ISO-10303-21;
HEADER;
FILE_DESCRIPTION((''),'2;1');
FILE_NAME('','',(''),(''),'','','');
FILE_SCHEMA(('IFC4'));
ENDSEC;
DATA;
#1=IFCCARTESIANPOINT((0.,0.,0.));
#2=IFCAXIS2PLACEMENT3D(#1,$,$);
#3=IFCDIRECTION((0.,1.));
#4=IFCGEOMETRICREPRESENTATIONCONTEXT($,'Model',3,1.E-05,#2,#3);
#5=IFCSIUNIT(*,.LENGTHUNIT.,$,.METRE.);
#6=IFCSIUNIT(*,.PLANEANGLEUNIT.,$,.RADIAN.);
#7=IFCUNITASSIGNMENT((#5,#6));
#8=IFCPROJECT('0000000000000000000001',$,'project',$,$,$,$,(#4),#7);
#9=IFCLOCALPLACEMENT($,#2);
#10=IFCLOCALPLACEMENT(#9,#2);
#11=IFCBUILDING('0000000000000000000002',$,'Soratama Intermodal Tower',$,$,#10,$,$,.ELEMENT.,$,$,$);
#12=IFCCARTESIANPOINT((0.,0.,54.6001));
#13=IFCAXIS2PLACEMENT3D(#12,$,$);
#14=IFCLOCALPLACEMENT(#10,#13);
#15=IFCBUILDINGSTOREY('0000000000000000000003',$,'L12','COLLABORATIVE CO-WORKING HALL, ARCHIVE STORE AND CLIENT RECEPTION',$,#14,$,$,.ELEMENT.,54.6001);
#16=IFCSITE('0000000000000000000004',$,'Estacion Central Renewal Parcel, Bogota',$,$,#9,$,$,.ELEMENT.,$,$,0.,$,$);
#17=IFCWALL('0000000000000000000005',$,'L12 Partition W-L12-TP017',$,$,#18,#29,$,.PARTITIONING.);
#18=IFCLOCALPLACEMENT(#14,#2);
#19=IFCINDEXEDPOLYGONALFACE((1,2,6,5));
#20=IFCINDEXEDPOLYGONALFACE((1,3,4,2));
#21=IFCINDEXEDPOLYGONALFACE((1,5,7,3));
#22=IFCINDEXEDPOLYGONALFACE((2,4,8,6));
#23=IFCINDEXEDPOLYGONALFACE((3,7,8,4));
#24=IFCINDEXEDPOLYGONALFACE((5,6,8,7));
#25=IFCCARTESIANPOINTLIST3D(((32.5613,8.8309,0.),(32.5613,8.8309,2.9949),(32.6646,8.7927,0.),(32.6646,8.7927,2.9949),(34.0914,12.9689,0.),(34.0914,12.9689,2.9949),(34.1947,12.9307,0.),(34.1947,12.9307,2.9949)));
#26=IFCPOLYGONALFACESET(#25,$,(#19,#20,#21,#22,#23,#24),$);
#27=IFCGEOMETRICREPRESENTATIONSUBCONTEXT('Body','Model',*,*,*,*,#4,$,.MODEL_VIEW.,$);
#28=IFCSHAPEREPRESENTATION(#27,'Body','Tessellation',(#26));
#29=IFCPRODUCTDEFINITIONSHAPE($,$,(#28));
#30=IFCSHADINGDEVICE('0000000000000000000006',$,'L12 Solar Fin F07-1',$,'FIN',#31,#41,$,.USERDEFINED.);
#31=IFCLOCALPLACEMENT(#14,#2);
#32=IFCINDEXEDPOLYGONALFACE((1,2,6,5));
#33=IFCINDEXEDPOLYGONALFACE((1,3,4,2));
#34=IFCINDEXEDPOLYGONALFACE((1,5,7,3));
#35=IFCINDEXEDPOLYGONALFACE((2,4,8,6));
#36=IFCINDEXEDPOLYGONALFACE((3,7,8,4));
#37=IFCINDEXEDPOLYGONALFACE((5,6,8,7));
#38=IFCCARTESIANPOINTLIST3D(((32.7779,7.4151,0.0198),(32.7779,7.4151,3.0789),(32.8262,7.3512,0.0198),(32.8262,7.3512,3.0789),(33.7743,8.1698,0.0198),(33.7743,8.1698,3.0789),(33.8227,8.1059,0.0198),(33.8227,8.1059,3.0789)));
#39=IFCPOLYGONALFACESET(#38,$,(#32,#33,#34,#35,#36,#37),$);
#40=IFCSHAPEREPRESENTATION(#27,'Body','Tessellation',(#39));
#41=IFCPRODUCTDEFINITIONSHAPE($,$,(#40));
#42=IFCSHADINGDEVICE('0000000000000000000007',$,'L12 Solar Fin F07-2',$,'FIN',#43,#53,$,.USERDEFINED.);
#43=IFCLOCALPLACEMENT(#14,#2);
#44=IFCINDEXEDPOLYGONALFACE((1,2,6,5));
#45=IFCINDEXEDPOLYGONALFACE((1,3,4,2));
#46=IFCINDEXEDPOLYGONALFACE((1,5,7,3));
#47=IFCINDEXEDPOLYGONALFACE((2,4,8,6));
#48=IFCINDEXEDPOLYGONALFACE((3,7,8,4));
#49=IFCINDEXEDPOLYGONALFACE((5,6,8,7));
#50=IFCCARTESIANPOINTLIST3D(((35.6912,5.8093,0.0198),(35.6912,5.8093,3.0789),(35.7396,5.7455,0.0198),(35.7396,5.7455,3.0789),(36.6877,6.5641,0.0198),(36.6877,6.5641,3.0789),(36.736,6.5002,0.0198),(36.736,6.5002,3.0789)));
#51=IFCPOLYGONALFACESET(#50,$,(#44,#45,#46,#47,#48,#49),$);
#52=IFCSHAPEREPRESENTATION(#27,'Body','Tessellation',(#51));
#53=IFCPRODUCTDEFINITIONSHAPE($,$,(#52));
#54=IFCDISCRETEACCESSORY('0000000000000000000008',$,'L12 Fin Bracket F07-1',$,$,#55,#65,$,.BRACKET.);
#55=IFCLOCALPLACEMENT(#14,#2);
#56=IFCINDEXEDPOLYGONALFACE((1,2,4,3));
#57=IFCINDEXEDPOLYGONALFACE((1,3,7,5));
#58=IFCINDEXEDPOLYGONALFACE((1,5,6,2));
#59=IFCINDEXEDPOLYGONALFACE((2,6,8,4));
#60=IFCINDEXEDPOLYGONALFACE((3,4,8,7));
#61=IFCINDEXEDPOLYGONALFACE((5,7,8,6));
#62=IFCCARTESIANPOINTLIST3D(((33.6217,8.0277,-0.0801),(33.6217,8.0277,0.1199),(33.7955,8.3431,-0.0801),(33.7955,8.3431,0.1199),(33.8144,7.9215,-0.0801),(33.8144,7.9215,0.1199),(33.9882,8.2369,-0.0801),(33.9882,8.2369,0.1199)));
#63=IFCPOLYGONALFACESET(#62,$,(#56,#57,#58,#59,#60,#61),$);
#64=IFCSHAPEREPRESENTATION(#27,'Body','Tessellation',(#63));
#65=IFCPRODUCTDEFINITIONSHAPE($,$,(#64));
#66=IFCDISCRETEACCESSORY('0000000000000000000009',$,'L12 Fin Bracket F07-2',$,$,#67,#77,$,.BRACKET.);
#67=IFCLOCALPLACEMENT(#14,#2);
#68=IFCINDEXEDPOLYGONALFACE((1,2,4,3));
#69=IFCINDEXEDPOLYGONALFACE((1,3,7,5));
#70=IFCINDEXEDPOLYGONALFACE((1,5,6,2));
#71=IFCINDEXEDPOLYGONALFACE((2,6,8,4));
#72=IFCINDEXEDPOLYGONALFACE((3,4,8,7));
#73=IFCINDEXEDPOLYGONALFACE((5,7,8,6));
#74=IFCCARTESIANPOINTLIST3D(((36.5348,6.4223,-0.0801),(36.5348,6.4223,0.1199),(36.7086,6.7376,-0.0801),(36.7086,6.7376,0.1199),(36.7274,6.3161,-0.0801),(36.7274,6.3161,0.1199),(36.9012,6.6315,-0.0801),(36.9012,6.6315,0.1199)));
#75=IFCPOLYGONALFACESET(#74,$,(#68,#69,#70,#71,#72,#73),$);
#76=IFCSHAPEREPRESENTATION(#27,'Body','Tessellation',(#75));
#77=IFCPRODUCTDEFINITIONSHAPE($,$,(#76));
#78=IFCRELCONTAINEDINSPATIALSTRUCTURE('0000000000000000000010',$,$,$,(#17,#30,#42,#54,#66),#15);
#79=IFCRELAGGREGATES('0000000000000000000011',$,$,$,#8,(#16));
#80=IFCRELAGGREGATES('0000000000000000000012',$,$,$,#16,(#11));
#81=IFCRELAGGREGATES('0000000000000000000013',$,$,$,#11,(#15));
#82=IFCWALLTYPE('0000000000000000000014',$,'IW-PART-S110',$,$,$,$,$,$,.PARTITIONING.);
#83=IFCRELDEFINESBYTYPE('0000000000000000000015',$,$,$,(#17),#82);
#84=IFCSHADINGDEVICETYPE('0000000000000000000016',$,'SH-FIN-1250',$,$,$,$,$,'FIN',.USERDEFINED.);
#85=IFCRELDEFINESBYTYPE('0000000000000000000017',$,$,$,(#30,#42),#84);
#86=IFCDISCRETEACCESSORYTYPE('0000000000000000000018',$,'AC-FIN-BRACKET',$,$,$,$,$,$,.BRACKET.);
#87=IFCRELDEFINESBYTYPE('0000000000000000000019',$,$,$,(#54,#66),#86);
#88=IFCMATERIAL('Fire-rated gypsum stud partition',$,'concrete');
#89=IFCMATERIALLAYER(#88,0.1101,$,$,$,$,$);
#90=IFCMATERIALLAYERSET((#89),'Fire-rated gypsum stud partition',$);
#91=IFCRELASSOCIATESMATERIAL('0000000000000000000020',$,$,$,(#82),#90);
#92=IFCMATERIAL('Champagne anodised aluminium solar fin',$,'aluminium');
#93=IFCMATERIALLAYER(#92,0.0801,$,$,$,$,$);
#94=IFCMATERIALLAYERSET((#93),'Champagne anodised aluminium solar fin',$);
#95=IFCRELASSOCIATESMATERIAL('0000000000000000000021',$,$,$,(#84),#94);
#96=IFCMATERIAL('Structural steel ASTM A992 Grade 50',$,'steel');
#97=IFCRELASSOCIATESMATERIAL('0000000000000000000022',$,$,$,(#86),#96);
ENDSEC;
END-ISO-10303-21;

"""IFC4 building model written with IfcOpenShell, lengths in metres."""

from ifc_helpers import new_model, si_unit, direction, frame, frame_2d, origin, origin_2d, place, context, subcontext, project, spatial, rectangle, extrude, material, layer, layer_set, type_object, element, save


model = new_model("IFC4")

# Units and contexts
model_context = context("Model", 3, precision=1e-05, world=origin(), true_north=direction((0.0, 1.0)))
body_context = subcontext(model_context, "Body", "Model", "MODEL_VIEW")
ifc_project = project(units=[si_unit("LENGTHUNIT", "METRE"), si_unit("PLANEANGLEUNIT", "RADIAN")], contexts=[model_context])

# Site, building, storey
site_placement = place(None, origin())
site = spatial("IfcSite", under=ifc_project, at=site_placement, Name="Estacion Central Renewal Parcel, Bogota", CompositionType="ELEMENT", RefElevation=0.0)
building_placement = place(site_placement, origin())
building = spatial("IfcBuilding", under=site, at=building_placement, Name="Soratama Intermodal Tower", CompositionType="ELEMENT")
storey_placement = place(building_placement, frame((0.0, 0.0, 54.6001)))
storey = spatial("IfcBuildingStorey", under=building, at=storey_placement, Name="L12", Description="COLLABORATIVE CO-WORKING HALL, ARCHIVE STORE AND CLIENT RECEPTION", CompositionType="ELEMENT", Elevation=54.6001)

# Wall
ifc_material_1 = material(Name="Fire-rated gypsum stud partition", Category="concrete")
ifc_layer_1 = layer(ifc_material_1, 0.1101)
ifc_layer_set_1 = layer_set([ifc_layer_1], Name="Fire-rated gypsum stud partition")
wall_type_1 = type_object("IfcWallType", Name="IW-PART-S110", PredefinedType="PARTITIONING", material=ifc_layer_set_1)
wall_1_placement = place(storey_placement, frame((34.1431, 12.95, 0.0), z_axis=(0.0, 0.0, 1.0), x_axis=(-0.346808, -0.937936, 0.0)))
element("IfcWall", 1, at=wall_1_placement, inside=storey, type_object=wall_type_1, Name="L12 Partition W-L12-TP017", PredefinedType="PARTITIONING", context=body_context, shape_type="SweptSolid", body=[
    extrude(rectangle(XDim=4.4119, YDim=0.1101, at=frame_2d((2.2061, 0.0))), origin(), (0.0, 0.0, 1.0), 2.9949),
])

# Shading devices
ifc_material_2 = material(Name="Champagne anodised aluminium solar fin", Category="aluminium")
ifc_layer_2 = layer(ifc_material_2, 0.0801)
ifc_layer_set_2 = layer_set([ifc_layer_2], Name="Champagne anodised aluminium solar fin")
shading_device_type = type_object("IfcShadingDeviceType", Name="SH-FIN-1250", ElementType="FIN", PredefinedType="USERDEFINED", material=ifc_layer_set_2)
for number, where, z_axis, x_axis, name in (
    (2, (33.3003, 7.7605, 0.0198), (0.0, 0.0, 1.0), (-0.797163, -0.603765, 0.0), "L12 Solar Fin F07-1"),
    (3, (36.2136, 6.1548, 0.0198), (0.0, 0.0, 1.0), (-0.797163, -0.603765, 0.0), "L12 Solar Fin F07-2"),
):
    element("IfcShadingDevice", number, at=place(storey_placement, frame(where, z_axis=z_axis, x_axis=x_axis)), inside=storey, type_object=shading_device_type, Name=name, ObjectType="FIN", PredefinedType="USERDEFINED", context=body_context, shape_type="SweptSolid", body=[
        extrude(rectangle(XDim=1.25, YDim=0.0801, at=origin_2d()), origin(), (0.0, 0.0, 1.0), 3.0591),
    ])

# Discrete accessories
ifc_material_3 = material(Name="Structural steel ASTM A992 Grade 50", Category="steel")
discrete_accessory_type = type_object("IfcDiscreteAccessoryType", Name="AC-FIN-BRACKET", PredefinedType="BRACKET", material=ifc_material_3)
for number, where, z_axis, x_axis, name in (
    (4, (33.8049, 8.1323, -0.0801), (0.0, 0.0, 1.0), (-0.482671, -0.875802, 0.0), "L12 Fin Bracket F07-1"),
    (5, (36.718, 6.5269, -0.0801), (0.0, 0.0, 1.0), (-0.482671, -0.875802, 0.0), "L12 Fin Bracket F07-2"),
):
    element("IfcDiscreteAccessory", number, at=place(storey_placement, frame(where, z_axis=z_axis, x_axis=x_axis)), inside=storey, type_object=discrete_accessory_type, Name=name, PredefinedType="BRACKET", context=body_context, shape_type="SweptSolid", body=[
        extrude(rectangle(XDim=0.3601, YDim=0.22, at=origin_2d()), origin(), (0.0, 0.0, 1.0), 0.2),
    ])

save(model, "model.ifc")
